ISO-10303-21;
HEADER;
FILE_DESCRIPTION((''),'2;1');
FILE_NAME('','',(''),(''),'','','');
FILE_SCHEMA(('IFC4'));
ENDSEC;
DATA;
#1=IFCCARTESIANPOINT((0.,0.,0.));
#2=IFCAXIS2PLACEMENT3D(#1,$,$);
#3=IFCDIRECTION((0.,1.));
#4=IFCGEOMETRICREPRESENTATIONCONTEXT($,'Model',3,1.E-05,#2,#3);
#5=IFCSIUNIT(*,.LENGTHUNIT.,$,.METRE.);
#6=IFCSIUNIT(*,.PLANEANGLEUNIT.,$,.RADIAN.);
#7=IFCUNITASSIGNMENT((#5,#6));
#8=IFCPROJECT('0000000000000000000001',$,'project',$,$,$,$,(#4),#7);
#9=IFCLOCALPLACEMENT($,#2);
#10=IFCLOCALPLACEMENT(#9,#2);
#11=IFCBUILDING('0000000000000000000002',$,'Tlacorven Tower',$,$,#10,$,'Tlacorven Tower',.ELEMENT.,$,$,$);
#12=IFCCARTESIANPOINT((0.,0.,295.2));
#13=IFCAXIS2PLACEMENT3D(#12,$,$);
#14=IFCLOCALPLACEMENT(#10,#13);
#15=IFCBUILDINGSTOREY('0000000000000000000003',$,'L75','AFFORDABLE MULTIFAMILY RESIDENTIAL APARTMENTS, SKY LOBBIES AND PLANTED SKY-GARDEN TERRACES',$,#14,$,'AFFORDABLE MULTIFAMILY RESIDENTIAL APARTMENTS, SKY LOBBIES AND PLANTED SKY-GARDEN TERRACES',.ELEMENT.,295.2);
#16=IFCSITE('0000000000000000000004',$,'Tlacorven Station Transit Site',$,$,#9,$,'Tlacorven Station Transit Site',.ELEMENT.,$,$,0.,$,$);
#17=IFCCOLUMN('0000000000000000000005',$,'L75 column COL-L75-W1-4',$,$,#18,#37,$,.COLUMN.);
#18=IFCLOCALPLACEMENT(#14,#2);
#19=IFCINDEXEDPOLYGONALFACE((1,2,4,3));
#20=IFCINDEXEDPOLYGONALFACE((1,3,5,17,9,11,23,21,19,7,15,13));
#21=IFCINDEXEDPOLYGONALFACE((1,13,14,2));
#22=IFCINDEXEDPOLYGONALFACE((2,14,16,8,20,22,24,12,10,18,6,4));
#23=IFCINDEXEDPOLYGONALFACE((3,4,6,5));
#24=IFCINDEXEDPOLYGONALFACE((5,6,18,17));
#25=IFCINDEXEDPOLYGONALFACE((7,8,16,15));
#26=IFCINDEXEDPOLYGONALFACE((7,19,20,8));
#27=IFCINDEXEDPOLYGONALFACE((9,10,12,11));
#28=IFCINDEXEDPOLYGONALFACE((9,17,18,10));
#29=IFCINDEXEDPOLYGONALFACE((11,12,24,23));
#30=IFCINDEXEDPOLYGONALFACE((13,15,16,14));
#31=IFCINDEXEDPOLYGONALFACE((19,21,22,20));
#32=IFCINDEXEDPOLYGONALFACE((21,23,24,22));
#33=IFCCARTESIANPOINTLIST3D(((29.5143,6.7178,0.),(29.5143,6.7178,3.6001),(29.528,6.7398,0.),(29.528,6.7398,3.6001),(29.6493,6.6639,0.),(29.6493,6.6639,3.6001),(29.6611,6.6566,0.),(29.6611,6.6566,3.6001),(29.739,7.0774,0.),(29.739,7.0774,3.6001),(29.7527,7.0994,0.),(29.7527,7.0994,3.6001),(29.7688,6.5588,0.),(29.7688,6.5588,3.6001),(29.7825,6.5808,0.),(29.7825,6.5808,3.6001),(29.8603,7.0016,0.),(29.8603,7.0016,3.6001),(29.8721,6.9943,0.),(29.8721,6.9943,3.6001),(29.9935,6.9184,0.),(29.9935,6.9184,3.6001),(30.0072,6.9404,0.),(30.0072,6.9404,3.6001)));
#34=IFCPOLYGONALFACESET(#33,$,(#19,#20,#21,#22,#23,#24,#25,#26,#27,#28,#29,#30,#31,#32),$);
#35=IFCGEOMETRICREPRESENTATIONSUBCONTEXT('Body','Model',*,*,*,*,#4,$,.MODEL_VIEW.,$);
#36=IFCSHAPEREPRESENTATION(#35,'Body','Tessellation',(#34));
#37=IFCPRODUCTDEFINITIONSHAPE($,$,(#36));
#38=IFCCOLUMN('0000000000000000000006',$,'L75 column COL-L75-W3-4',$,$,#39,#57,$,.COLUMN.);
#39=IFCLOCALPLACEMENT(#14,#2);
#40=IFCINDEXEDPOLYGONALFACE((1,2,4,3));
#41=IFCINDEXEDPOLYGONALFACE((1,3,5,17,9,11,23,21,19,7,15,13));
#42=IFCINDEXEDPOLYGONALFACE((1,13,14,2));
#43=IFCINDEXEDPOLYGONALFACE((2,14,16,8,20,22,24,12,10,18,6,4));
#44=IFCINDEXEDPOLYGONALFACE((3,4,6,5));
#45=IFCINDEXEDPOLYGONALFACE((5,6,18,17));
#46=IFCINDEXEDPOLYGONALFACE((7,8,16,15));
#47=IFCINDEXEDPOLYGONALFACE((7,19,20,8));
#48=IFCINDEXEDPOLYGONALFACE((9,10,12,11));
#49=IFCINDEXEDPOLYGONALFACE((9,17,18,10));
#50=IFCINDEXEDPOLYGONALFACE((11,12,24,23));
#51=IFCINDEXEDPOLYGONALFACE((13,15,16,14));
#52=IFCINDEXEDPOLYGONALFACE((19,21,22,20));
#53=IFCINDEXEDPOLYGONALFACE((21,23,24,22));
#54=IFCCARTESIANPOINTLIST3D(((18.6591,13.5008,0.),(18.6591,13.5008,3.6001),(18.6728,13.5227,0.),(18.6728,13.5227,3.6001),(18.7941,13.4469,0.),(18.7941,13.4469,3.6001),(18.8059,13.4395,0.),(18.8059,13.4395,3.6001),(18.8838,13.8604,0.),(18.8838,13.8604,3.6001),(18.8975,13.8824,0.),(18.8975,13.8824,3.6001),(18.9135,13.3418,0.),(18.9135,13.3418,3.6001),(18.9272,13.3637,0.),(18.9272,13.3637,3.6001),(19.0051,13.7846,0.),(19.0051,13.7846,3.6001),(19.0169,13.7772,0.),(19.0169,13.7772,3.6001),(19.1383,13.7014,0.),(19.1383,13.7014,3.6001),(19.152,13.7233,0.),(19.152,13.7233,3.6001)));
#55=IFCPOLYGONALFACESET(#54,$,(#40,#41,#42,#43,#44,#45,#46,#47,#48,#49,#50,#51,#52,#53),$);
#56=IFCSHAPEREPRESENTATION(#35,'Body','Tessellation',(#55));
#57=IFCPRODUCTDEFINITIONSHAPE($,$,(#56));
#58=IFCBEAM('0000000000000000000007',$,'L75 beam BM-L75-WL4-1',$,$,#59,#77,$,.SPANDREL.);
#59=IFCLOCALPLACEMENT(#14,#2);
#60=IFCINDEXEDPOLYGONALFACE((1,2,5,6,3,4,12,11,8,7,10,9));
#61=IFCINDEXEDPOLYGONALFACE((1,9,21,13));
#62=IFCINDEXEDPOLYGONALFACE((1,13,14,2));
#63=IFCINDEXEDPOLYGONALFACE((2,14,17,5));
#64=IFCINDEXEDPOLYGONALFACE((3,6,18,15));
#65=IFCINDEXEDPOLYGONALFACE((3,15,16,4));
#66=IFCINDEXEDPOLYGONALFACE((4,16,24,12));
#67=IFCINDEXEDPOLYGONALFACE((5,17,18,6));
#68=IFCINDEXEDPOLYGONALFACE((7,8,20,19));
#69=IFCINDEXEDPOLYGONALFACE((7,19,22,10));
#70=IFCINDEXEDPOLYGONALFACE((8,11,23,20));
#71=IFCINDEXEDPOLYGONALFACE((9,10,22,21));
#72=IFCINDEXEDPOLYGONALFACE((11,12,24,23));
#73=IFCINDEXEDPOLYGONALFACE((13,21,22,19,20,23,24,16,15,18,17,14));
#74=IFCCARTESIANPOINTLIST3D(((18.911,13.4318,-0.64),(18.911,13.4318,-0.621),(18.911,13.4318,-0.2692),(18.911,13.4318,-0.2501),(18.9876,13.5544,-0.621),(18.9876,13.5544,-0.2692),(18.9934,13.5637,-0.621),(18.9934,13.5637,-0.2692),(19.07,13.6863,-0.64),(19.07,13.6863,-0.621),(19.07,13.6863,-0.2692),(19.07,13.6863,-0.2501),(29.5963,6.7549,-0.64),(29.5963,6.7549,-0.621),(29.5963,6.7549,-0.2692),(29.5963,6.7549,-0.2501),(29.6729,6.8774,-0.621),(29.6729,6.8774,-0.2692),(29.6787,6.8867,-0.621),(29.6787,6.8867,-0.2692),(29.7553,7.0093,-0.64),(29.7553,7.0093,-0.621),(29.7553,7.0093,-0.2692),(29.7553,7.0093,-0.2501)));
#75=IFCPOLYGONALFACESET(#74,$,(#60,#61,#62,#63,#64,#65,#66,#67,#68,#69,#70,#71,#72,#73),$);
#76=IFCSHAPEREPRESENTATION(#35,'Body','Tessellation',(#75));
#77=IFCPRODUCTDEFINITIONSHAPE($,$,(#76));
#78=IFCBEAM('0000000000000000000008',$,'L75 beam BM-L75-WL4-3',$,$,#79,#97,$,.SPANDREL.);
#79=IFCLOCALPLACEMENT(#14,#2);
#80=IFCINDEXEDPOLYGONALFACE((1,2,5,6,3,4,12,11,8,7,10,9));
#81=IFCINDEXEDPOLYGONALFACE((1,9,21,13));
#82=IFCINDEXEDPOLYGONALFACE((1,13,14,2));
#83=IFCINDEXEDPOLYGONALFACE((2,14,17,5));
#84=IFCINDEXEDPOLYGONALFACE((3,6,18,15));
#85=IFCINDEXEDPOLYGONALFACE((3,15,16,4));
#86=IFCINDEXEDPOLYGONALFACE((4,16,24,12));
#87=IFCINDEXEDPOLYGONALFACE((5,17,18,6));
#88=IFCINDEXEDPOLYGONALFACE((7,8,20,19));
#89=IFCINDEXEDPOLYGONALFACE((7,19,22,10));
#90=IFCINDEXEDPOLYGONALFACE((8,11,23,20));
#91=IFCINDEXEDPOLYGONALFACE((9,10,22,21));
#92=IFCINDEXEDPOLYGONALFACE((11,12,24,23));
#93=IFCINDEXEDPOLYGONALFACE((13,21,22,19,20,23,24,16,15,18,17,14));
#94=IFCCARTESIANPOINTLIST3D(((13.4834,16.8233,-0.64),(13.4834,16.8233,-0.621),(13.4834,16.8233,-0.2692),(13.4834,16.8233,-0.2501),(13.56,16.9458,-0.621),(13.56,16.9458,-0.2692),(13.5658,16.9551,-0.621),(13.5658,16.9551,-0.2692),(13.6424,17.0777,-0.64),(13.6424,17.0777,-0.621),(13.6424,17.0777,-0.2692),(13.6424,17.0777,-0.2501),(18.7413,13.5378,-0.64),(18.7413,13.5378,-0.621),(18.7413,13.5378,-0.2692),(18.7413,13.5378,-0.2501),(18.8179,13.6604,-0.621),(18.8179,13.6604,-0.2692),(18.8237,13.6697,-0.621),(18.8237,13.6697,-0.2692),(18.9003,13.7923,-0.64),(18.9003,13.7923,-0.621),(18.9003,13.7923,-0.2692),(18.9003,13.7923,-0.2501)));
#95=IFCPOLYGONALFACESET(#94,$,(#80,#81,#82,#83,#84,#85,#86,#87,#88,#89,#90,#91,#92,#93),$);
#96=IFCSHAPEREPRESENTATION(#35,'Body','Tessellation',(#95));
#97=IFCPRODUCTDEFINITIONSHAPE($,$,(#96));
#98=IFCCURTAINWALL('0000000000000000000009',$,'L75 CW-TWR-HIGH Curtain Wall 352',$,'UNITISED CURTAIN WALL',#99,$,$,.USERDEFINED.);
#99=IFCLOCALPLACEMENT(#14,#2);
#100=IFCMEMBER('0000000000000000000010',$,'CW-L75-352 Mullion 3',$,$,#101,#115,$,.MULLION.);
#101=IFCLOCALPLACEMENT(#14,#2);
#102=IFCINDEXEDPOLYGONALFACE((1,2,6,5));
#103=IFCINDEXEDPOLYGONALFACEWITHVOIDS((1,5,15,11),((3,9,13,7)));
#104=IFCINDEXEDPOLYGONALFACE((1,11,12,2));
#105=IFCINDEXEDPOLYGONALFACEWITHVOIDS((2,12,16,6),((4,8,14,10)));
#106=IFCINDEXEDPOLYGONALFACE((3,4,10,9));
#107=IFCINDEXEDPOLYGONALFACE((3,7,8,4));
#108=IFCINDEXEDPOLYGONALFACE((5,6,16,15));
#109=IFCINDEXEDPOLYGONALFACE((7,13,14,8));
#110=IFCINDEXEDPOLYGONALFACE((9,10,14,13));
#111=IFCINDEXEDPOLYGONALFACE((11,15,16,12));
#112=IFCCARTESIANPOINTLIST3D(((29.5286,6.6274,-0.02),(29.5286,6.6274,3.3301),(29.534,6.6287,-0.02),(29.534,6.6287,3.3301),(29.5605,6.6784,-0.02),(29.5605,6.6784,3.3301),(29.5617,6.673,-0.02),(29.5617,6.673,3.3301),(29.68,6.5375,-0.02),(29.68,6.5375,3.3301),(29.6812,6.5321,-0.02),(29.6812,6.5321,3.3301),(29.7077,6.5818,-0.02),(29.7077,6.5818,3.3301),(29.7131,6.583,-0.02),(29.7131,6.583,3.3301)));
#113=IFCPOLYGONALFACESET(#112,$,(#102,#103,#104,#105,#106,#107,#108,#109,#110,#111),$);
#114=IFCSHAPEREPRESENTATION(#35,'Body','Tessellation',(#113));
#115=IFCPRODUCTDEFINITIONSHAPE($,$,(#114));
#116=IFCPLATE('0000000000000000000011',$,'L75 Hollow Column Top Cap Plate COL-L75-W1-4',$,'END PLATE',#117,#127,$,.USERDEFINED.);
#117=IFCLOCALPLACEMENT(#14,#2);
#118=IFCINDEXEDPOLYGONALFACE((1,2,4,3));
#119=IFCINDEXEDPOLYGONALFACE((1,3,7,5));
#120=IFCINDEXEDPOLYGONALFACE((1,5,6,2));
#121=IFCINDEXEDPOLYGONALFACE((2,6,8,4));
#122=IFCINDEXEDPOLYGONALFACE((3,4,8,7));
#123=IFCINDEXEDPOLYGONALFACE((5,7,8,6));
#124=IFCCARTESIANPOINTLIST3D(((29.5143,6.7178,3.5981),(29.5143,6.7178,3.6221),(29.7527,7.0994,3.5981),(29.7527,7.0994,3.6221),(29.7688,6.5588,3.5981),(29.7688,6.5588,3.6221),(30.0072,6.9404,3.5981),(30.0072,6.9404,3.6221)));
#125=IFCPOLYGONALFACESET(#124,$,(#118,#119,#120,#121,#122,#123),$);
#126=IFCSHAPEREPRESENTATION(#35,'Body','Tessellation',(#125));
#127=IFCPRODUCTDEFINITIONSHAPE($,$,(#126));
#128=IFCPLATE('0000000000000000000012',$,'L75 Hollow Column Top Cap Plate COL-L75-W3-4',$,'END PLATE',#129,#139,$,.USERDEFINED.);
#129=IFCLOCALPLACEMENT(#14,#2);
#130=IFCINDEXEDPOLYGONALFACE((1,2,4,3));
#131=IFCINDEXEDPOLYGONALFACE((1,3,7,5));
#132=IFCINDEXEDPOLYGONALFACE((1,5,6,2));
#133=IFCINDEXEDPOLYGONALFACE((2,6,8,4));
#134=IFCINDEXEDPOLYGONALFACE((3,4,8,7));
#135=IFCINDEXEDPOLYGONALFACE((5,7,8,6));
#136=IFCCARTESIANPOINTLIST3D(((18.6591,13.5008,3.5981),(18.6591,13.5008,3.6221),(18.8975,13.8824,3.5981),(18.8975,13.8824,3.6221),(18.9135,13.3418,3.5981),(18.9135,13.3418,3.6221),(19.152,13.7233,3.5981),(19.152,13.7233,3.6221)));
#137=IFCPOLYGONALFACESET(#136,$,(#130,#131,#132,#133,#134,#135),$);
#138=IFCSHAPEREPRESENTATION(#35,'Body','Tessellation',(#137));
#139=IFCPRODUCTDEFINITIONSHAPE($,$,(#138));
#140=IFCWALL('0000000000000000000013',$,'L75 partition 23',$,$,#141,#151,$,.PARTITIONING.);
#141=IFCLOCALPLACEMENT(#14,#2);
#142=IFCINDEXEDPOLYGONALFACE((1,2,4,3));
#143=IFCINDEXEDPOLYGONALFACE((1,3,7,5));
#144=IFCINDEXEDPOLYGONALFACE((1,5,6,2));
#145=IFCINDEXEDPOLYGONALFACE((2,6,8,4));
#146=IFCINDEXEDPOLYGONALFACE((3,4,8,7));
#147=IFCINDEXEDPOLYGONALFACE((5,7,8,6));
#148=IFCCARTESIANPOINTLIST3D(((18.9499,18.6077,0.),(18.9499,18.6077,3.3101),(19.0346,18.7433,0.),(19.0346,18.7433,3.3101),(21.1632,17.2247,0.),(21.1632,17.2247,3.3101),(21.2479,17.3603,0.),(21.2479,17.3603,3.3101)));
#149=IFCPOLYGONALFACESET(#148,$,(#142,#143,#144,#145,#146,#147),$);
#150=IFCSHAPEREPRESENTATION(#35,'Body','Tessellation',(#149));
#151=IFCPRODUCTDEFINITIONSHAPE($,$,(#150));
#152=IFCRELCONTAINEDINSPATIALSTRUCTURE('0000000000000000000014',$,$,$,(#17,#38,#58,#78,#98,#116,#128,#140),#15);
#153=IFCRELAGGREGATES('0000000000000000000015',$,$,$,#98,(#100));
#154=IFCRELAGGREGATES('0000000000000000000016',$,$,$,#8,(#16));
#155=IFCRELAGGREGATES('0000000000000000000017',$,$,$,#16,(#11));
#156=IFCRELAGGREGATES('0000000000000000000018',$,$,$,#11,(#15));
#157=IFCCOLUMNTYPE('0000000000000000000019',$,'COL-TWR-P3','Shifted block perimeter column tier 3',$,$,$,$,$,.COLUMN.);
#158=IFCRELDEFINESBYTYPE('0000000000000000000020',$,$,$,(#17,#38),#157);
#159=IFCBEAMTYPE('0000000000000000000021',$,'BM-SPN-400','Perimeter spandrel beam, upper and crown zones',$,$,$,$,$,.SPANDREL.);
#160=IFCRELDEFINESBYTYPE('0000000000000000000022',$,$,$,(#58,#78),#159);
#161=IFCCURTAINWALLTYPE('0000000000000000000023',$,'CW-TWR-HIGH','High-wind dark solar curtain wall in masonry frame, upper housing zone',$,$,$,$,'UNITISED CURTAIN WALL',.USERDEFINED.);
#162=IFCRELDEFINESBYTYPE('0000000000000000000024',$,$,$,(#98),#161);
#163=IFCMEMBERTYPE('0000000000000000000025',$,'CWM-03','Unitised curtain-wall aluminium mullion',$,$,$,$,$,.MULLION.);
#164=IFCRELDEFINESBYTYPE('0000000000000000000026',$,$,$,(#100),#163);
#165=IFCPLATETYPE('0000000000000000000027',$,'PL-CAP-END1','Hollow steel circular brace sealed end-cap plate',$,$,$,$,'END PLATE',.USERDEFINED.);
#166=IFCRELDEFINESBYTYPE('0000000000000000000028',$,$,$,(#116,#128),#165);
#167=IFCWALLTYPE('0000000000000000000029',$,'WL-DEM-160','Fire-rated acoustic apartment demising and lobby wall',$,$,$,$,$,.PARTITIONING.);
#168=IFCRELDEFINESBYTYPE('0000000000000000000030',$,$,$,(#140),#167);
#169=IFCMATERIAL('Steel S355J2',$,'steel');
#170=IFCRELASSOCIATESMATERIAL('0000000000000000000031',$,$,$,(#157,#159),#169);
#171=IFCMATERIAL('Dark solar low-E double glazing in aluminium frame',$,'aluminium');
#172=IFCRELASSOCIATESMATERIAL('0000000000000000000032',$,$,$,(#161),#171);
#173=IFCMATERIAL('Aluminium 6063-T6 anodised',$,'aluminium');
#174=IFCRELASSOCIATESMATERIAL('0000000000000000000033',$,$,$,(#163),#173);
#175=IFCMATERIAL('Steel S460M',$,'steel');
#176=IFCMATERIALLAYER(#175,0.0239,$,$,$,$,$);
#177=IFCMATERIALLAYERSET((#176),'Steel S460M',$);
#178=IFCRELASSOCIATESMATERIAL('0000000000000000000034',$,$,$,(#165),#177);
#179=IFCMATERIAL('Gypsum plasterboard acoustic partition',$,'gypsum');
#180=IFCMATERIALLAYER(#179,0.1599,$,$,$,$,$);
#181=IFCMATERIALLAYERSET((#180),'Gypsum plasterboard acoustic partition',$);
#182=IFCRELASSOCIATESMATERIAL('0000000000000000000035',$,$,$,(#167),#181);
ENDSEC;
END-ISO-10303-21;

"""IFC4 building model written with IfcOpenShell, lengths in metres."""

from ifc_helpers import new_model, si_unit, direction, frame, frame_2d, origin, origin_2d, place, context, subcontext, project, spatial, rectangle, hollow_rectangle, i_section, extrude, source, transform, mapped, material, layer, layer_set, material_profile, profile_set, type_object, element, aggregate, save


model = new_model("IFC4")

# Units and contexts
model_context = context("Model", 3, precision=1e-05, world=origin(), true_north=direction((0.0, 1.0)))
body_context = subcontext(model_context, "Body", "Model", "MODEL_VIEW")
ifc_project = project(units=[si_unit("LENGTHUNIT", "METRE"), si_unit("PLANEANGLEUNIT", "RADIAN")], contexts=[model_context])

# Site, building, storey
site_placement = place(None, origin())
site = spatial("IfcSite", under=ifc_project, at=site_placement, Name="Tlacorven Station Transit Site", LongName="Tlacorven Station Transit Site", CompositionType="ELEMENT", RefElevation=0.0)
building_placement = place(site_placement, origin())
building = spatial("IfcBuilding", under=site, at=building_placement, Name="Tlacorven Tower", LongName="Tlacorven Tower", CompositionType="ELEMENT")
storey_placement = place(building_placement, frame((0.0, 0.0, 295.2)))
storey = spatial("IfcBuildingStorey", under=building, at=storey_placement, Name="L75", Description="AFFORDABLE MULTIFAMILY RESIDENTIAL APARTMENTS, SKY LOBBIES AND PLANTED SKY-GARDEN TERRACES", LongName="AFFORDABLE MULTIFAMILY RESIDENTIAL APARTMENTS, SKY LOBBIES AND PLANTED SKY-GARDEN TERRACES", CompositionType="ELEMENT", Elevation=295.2)

# Columns
ifc_material_1 = material(Name="Steel S355J2", Category="steel")
ifc_material_profile_1 = material_profile(ifc_material_1, i_section(OverallWidth=0.3, OverallDepth=0.45, WebThickness=0.0139, FlangeThickness=0.0259, at=origin_2d()), Name="HEB 450")
ifc_profile_set_1 = profile_set([ifc_material_profile_1], Name="Steel S355J2")
column_type = type_object("IfcColumnType", Name="COL-TWR-P3", Description="Shifted block perimeter column tier 3", PredefinedType="COLUMN", material=ifc_profile_set_1)
shared_shape_1 = source(origin(), body_context, "Body", "SweptSolid", [
    extrude(i_section(OverallWidth=0.3, OverallDepth=0.45, WebThickness=0.0139, FlangeThickness=0.0259, at=origin_2d()), origin(), (0.0, 0.0, 1.0), 3.6001),
])
for number, where, z_axis, x_axis, name in (
    (1, (29.7607, 6.8291, 0.0), (0.0, 0.0, 1.0), (-0.848048, 0.529919, 0.0), "L75 column COL-L75-W1-4"),
    (2, (18.9055, 13.6121, 0.0), (0.0, 0.0, 1.0), (-0.848048, 0.529919, 0.0), "L75 column COL-L75-W3-4"),
):
    element("IfcColumn", number, at=place(storey_placement, frame(where, z_axis=z_axis, x_axis=x_axis)), inside=storey, type_object=column_type, Name=name, PredefinedType="COLUMN", context=body_context, shape_type="MappedRepresentation", body=[
        mapped(shared_shape_1, transform((0.0, 0.0, 0.0), scale=1.0)),
    ])

# Beams
ifc_material_profile_2 = material_profile(ifc_material_1, i_section(OverallWidth=0.3, OverallDepth=0.3899, WebThickness=0.011, FlangeThickness=0.019, at=origin_2d()), Name="HEA 400")
ifc_profile_set_2 = profile_set([ifc_material_profile_2], Name="Steel S355J2")
beam_type = type_object("IfcBeamType", Name="BM-SPN-400", Description="Perimeter spandrel beam, upper and crown zones", PredefinedType="SPANDREL", material=ifc_profile_set_2)
shared_shape_2 = source(origin(), body_context, "Body", "SweptSolid", [
    extrude(i_section(OverallWidth=0.3, OverallDepth=0.3899, WebThickness=0.011, FlangeThickness=0.019, at=origin_2d()), origin(), (0.0, 0.0, 1.0), 12.5999),
])
beam_1_placement = place(storey_placement, frame((29.6758, 6.8821, -0.4451), z_axis=(-0.848045, 0.529924, 0.0), x_axis=(-0.529924, -0.848045, 0.0)))
element("IfcBeam", 3, at=beam_1_placement, inside=storey, type_object=beam_type, Name="L75 beam BM-L75-WL4-1", PredefinedType="SPANDREL", context=body_context, shape_type="MappedRepresentation", body=[
    mapped(shared_shape_2, transform((0.0, 0.0, 0.0), scale=1.0)),
])
shared_shape_3 = source(origin(), body_context, "Body", "SweptSolid", [
    extrude(i_section(OverallWidth=0.3, OverallDepth=0.3899, WebThickness=0.011, FlangeThickness=0.019, at=origin_2d()), origin(), (0.0, 0.0, 1.0), 6.2),
])
beam_2_placement = place(storey_placement, frame((18.8208, 13.665, -0.4451), z_axis=(-0.848051, 0.529914, 0.0), x_axis=(-0.529914, -0.848051, 0.0)))
element("IfcBeam", 4, at=beam_2_placement, inside=storey, type_object=beam_type, Name="L75 beam BM-L75-WL4-3", PredefinedType="SPANDREL", context=body_context, shape_type="MappedRepresentation", body=[
    mapped(shared_shape_3, transform((0.0, 0.0, 0.0), scale=1.0)),
])

# Curtain wall, member
ifc_material_2 = material(Name="Dark solar low-E double glazing in aluminium frame", Category="aluminium")
curtain_wall_type = type_object("IfcCurtainWallType", Name="CW-TWR-HIGH", Description="High-wind dark solar curtain wall in masonry frame, upper housing zone", ElementType="UNITISED CURTAIN WALL", PredefinedType="USERDEFINED", material=ifc_material_2)
curtain_wall_placement = place(storey_placement, origin())
curtain_wall = element("IfcCurtainWall", 5, at=curtain_wall_placement, inside=storey, type_object=curtain_wall_type, Name="L75 CW-TWR-HIGH Curtain Wall 352", ObjectType="UNITISED CURTAIN WALL", PredefinedType="USERDEFINED")
ifc_material_3 = material(Name="Aluminium 6063-T6 anodised", Category="aluminium")
ifc_material_profile_3 = material_profile(ifc_material_3, hollow_rectangle(XDim=0.0601, YDim=0.1799, WallThickness=0.0039, at=origin_2d()), Name="ALU MULLION 60X180")
ifc_profile_set_3 = profile_set([ifc_material_profile_3], Name="Aluminium 6063-T6 anodised")
member_type = type_object("IfcMemberType", Name="CWM-03", Description="Unitised curtain-wall aluminium mullion", PredefinedType="MULLION", material=ifc_profile_set_3)
shared_shape_4 = source(origin(), body_context, "Body", "SweptSolid", [
    extrude(hollow_rectangle(XDim=0.0601, YDim=0.1799, WallThickness=0.0039, at=origin_2d()), origin(), (0.0, 0.0, 1.0), 3.3501),
])
member_placement = place(storey_placement, frame((29.6208, 6.6052, -0.02), z_axis=(0.0, 0.0, 1.0), x_axis=(-0.529919, -0.848048, 0.0)))
member = element("IfcMember", 6, at=member_placement, type_object=member_type, Name="CW-L75-352 Mullion 3", PredefinedType="MULLION", context=body_context, shape_type="MappedRepresentation", body=[
    mapped(shared_shape_4, transform((0.0, 0.0, 0.0), scale=1.0)),
])
aggregate(curtain_wall, [member])

# Plates
ifc_material_4 = material(Name="Steel S460M", Category="steel")
ifc_layer_1 = layer(ifc_material_4, 0.0239)
ifc_layer_set_1 = layer_set([ifc_layer_1], Name="Steel S460M")
plate_type = type_object("IfcPlateType", Name="PL-CAP-END1", Description="Hollow steel circular brace sealed end-cap plate", ElementType="END PLATE", PredefinedType="USERDEFINED", material=ifc_layer_set_1)
shared_shape_5 = source(origin(), body_context, "Body", "SweptSolid", [
    extrude(rectangle(XDim=0.3, YDim=0.45, at=origin_2d()), origin(), (0.0, 0.0, 1.0), 0.0239),
])
for number, where, z_axis, x_axis, name in (
    (7, (29.7607, 6.8291, 3.5981), (0.0, 0.0, 1.0), (-0.848048, 0.529919, 0.0), "L75 Hollow Column Top Cap Plate COL-L75-W1-4"),
    (8, (18.9055, 13.6121, 3.5981), (0.0, 0.0, 1.0), (-0.848048, 0.529919, 0.0), "L75 Hollow Column Top Cap Plate COL-L75-W3-4"),
):
    element("IfcPlate", number, at=place(storey_placement, frame(where, z_axis=z_axis, x_axis=x_axis)), inside=storey, type_object=plate_type, Name=name, ObjectType="END PLATE", PredefinedType="USERDEFINED", context=body_context, shape_type="MappedRepresentation", body=[
        mapped(shared_shape_5, transform((0.0, 0.0, 0.0), scale=1.0)),
    ])

# Wall
ifc_material_5 = material(Name="Gypsum plasterboard acoustic partition", Category="gypsum")
ifc_layer_2 = layer(ifc_material_5, 0.1599)
ifc_layer_set_2 = layer_set([ifc_layer_2], Name="Gypsum plasterboard acoustic partition")
wall_type_1 = type_object("IfcWallType", Name="WL-DEM-160", Description="Fire-rated acoustic apartment demising and lobby wall", PredefinedType="PARTITIONING", material=ifc_layer_set_2)
wall_1_placement = place(storey_placement, frame((21.2056, 17.2925, 0.0), z_axis=(0.0, 0.0, 1.0), x_axis=(-0.848051, 0.529915, 0.0)))
element("IfcWall", 9, at=wall_1_placement, inside=storey, type_object=wall_type_1, Name="L75 partition 23", PredefinedType="PARTITIONING", context=body_context, shape_type="SweptSolid", body=[
    extrude(rectangle(XDim=2.6099, YDim=0.1599, at=frame_2d((1.3049, 0.0))), origin(), (0.0, 0.0, 1.0), 3.3101),
])

save(model, "model.ifc")
